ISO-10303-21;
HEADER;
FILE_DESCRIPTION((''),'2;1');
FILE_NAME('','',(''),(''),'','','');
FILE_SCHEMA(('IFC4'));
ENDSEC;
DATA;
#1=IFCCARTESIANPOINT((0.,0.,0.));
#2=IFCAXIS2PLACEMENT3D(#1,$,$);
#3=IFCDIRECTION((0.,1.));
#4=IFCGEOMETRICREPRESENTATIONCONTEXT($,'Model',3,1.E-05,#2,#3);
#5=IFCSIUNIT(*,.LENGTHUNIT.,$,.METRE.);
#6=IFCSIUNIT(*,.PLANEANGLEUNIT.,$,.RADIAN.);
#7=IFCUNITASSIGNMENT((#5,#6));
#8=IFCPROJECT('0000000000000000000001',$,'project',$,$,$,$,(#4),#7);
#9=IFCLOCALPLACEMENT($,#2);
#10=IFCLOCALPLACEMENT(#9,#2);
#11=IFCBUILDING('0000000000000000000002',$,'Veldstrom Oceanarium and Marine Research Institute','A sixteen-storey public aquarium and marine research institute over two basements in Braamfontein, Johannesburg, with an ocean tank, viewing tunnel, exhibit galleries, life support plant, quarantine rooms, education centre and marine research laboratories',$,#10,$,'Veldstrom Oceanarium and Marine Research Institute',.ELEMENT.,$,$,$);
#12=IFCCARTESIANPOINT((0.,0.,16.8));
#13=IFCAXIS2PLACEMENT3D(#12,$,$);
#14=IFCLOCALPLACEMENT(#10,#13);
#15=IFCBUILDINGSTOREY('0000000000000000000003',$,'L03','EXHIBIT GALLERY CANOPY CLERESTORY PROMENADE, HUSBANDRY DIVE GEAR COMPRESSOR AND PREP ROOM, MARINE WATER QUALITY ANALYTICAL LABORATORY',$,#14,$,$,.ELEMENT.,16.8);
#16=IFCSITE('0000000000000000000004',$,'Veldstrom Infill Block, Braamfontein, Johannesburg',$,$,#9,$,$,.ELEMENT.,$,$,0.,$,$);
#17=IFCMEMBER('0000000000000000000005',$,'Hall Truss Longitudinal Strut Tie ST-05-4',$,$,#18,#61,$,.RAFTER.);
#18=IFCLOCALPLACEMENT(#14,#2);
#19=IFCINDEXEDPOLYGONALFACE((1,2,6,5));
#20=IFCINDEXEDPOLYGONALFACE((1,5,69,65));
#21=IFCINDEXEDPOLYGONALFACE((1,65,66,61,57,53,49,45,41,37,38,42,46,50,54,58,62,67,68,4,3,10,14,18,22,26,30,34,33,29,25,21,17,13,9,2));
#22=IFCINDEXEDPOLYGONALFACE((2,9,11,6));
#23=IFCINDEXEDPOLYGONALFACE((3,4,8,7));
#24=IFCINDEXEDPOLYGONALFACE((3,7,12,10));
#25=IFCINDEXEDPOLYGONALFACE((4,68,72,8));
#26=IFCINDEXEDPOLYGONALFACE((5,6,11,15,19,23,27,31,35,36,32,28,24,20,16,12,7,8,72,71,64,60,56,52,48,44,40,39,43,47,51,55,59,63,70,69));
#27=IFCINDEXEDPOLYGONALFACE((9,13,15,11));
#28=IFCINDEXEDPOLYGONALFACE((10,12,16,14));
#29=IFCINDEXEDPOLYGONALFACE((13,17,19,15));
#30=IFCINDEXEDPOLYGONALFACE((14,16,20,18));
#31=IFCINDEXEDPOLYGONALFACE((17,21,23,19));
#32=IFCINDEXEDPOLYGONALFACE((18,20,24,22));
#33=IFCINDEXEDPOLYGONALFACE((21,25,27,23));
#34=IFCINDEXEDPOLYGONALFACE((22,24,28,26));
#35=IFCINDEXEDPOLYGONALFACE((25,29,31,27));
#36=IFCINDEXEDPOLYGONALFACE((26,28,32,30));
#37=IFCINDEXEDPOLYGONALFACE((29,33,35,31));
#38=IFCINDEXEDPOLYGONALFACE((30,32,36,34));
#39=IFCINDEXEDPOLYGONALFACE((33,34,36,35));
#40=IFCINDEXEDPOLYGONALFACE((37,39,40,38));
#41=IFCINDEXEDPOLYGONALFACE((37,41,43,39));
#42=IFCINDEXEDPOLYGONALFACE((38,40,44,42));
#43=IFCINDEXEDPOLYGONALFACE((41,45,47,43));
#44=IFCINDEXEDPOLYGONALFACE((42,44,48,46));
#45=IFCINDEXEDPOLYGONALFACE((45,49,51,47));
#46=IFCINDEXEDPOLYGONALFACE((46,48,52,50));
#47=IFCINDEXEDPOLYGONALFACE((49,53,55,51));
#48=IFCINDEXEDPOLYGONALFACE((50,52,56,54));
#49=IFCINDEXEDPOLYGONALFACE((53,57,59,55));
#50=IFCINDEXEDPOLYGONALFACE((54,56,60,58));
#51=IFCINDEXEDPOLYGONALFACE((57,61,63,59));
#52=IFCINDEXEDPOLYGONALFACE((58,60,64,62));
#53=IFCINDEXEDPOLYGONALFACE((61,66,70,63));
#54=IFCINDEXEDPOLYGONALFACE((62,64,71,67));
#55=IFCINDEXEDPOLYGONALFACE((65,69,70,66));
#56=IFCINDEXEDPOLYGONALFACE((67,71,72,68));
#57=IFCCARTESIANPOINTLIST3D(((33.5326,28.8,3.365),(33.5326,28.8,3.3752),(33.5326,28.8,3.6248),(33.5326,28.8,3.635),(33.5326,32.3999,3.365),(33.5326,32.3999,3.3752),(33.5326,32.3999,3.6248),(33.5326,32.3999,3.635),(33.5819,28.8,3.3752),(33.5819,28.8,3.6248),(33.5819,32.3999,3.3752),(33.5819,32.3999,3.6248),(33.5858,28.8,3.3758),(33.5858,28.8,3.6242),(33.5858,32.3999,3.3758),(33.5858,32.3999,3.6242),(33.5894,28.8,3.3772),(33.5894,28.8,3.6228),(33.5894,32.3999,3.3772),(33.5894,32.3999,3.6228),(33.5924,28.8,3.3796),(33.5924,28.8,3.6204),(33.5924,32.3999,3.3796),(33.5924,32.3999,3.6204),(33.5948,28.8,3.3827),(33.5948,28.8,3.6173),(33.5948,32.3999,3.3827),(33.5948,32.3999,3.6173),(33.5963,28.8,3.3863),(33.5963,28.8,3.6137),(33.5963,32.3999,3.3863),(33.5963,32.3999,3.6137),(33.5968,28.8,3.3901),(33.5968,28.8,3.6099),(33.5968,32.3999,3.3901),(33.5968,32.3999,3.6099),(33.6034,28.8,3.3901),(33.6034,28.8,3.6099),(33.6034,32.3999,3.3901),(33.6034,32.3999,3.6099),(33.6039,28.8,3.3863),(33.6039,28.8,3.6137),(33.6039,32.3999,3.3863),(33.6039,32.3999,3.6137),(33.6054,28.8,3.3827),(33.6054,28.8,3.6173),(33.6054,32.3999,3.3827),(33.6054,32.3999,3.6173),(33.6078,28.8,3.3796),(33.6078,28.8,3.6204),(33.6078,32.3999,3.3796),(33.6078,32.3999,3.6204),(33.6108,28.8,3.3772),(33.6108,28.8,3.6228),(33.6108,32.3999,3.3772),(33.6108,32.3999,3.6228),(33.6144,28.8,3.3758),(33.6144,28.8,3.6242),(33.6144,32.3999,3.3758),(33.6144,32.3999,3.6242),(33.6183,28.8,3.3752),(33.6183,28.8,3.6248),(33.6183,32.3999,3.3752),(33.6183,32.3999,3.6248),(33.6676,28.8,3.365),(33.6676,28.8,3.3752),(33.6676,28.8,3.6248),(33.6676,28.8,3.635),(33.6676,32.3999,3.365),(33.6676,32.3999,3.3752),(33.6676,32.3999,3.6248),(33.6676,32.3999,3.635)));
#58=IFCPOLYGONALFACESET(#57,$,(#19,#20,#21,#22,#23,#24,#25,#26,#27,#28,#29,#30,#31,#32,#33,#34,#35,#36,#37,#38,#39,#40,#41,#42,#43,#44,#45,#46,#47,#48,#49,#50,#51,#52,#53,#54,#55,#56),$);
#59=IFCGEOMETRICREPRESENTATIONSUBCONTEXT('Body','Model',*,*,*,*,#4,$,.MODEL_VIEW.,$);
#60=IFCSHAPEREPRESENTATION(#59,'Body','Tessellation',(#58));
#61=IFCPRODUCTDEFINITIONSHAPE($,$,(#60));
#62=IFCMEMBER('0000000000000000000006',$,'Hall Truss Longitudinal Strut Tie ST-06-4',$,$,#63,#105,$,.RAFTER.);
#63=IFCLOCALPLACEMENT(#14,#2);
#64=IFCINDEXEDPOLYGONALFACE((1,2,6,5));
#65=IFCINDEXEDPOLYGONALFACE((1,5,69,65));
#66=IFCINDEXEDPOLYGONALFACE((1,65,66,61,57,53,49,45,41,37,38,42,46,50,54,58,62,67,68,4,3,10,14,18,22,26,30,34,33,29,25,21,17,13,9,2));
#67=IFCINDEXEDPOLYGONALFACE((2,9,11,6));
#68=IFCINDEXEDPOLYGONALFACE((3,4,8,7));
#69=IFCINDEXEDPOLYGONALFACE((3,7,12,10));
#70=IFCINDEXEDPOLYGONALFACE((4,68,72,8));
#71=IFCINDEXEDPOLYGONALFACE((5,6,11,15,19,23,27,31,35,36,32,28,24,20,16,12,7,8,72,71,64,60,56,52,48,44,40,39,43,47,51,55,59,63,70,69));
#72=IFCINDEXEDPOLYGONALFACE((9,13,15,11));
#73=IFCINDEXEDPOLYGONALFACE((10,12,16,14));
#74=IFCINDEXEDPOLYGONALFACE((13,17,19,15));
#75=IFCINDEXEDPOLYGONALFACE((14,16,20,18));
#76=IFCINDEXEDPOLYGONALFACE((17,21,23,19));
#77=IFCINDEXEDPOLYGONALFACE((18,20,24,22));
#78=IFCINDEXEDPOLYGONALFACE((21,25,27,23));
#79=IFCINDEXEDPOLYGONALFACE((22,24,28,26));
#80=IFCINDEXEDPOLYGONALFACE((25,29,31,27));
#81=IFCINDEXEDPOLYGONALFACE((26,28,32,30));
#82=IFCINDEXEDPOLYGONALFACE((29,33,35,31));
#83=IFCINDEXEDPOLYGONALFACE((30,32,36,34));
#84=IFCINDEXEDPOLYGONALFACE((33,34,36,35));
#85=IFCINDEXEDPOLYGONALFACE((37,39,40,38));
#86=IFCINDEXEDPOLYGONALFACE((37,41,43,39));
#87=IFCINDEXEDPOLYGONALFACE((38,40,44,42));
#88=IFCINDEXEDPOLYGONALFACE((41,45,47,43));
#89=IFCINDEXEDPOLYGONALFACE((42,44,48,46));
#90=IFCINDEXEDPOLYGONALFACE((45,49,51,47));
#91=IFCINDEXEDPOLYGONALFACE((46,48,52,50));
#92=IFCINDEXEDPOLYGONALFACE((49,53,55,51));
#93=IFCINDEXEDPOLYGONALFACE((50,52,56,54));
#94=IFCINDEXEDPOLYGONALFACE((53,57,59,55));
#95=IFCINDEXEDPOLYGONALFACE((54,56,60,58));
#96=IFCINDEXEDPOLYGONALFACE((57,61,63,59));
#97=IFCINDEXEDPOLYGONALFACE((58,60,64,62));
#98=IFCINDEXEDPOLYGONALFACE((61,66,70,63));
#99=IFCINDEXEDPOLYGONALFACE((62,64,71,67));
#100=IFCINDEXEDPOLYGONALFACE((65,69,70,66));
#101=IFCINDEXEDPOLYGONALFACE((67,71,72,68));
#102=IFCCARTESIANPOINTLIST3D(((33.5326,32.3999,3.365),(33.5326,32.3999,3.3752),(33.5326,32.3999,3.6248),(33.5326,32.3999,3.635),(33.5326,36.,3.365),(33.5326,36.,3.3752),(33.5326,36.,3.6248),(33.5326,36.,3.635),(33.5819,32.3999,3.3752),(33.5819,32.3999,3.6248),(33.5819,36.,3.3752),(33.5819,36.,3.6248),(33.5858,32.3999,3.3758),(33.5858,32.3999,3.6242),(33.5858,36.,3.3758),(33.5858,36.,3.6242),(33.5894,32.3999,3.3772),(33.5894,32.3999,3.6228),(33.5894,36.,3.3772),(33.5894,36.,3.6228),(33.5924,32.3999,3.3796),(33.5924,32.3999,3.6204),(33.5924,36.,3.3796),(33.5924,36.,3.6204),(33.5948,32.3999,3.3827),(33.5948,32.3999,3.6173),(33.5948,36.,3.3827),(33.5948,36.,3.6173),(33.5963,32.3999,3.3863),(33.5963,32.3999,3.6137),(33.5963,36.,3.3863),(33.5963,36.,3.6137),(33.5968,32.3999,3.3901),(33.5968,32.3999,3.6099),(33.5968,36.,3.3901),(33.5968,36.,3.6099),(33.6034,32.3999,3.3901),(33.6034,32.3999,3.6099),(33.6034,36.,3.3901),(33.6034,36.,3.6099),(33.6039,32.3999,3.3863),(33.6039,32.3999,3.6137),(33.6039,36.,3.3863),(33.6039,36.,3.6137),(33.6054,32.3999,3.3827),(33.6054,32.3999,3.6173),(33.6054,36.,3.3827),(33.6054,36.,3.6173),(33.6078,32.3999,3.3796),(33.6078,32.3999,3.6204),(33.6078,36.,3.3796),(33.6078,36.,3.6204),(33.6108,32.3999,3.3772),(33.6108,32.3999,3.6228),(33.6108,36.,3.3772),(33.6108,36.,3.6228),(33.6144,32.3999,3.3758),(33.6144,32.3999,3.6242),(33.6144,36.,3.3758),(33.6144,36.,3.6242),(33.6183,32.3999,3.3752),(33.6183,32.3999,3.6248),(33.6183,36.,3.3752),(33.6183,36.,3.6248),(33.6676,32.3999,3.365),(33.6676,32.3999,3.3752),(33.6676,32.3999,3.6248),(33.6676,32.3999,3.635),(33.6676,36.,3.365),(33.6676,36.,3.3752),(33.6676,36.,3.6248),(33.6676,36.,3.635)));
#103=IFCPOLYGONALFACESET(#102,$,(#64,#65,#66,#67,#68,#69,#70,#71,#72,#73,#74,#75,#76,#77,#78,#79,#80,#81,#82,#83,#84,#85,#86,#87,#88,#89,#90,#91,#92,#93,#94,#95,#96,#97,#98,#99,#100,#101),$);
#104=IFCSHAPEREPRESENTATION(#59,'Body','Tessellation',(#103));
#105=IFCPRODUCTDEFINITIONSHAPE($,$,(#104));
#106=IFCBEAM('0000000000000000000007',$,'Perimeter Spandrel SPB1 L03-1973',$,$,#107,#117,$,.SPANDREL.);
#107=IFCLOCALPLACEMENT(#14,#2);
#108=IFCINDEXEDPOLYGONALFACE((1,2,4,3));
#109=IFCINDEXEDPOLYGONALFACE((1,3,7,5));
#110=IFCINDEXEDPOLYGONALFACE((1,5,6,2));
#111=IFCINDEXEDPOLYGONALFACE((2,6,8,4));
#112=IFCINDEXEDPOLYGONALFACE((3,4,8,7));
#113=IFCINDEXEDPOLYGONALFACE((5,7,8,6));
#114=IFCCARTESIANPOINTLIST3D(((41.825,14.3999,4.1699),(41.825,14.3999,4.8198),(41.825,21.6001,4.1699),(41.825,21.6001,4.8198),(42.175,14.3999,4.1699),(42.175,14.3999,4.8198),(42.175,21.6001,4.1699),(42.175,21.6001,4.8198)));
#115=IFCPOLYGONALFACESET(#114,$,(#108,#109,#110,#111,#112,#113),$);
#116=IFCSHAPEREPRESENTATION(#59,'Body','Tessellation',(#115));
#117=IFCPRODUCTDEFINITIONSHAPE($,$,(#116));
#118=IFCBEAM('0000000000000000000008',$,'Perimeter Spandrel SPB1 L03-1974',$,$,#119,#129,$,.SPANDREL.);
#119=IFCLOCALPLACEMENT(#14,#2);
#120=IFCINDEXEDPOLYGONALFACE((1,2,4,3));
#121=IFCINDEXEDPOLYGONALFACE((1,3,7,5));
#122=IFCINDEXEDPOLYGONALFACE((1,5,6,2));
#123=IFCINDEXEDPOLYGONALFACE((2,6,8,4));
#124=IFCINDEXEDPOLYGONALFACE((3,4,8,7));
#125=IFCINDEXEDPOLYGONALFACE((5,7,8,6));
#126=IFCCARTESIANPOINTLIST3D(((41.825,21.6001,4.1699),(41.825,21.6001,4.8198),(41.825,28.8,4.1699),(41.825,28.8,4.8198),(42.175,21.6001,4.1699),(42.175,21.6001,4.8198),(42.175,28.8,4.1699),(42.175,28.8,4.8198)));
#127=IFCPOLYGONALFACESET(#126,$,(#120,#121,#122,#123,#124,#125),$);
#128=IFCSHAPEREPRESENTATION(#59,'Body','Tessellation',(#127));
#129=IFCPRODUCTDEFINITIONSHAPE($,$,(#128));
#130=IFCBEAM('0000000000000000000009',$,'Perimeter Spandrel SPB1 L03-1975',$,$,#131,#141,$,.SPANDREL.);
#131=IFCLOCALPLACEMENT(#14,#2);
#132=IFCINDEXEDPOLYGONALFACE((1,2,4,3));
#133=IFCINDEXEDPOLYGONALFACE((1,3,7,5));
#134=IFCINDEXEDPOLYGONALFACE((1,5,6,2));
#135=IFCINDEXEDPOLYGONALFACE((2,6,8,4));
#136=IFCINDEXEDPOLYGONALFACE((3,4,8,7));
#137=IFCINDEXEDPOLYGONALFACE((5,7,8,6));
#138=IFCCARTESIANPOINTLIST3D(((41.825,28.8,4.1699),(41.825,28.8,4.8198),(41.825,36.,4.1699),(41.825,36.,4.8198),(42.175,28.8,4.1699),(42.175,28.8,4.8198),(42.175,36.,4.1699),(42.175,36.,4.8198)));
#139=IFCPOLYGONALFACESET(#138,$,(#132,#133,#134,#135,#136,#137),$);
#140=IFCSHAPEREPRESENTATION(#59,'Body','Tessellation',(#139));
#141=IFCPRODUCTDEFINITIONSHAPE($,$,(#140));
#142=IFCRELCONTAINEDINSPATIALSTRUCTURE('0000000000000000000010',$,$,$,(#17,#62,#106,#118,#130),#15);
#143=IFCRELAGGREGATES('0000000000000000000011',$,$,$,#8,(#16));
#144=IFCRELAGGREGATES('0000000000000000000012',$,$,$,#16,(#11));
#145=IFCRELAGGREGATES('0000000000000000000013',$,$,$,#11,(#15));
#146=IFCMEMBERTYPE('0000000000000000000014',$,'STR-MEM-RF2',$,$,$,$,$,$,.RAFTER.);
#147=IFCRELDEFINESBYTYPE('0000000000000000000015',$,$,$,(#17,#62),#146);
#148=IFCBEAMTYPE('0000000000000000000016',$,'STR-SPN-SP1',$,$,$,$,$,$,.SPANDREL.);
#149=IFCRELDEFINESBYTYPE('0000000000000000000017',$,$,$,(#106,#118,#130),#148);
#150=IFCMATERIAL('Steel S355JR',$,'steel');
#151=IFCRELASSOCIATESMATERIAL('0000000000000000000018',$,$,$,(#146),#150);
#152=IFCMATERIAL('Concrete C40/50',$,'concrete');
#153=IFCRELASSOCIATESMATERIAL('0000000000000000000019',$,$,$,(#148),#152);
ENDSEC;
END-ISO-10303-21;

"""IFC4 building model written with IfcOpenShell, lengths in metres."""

from ifc_helpers import new_model, si_unit, direction, frame, origin, origin_2d, place, context, subcontext, project, spatial, rectangle, i_section, extrude, material, material_profile, profile_set, type_object, element, save


model = new_model("IFC4")

# Units and contexts
model_context = context("Model", 3, precision=1e-05, world=origin(), true_north=direction((0.0, 1.0)))
body_context = subcontext(model_context, "Body", "Model", "MODEL_VIEW")
ifc_project = project(units=[si_unit("LENGTHUNIT", "METRE"), si_unit("PLANEANGLEUNIT", "RADIAN")], contexts=[model_context])

# Site, building, storey
site_placement = place(None, origin())
site = spatial("IfcSite", under=ifc_project, at=site_placement, Name="Veldstrom Infill Block, Braamfontein, Johannesburg", CompositionType="ELEMENT", RefElevation=0.0)
building_placement = place(site_placement, origin())
building = spatial("IfcBuilding", under=site, at=building_placement, Name="Veldstrom Oceanarium and Marine Research Institute", Description="A sixteen-storey public aquarium and marine research institute over two basements in Braamfontein, Johannesburg, with an ocean tank, viewing tunnel, exhibit galleries, life support plant, quarantine rooms, education centre and marine research laboratories", LongName="Veldstrom Oceanarium and Marine Research Institute", CompositionType="ELEMENT")
storey_placement = place(building_placement, frame((0.0, 0.0, 16.8)))
storey = spatial("IfcBuildingStorey", under=building, at=storey_placement, Name="L03", Description="EXHIBIT GALLERY CANOPY CLERESTORY PROMENADE, HUSBANDRY DIVE GEAR COMPRESSOR AND PREP ROOM, MARINE WATER QUALITY ANALYTICAL LABORATORY", CompositionType="ELEMENT", Elevation=16.8)

# Members
ifc_material_1 = material(Name="Steel S355JR", Category="steel")
ifc_material_profile_1 = material_profile(ifc_material_1, i_section(OverallWidth=0.135, OverallDepth=0.27, WebThickness=0.0066, FlangeThickness=0.0103, FilletRadius=0.0149, at=origin_2d()), Name="IPE 270")
ifc_profile_set_1 = profile_set([ifc_material_profile_1], Name="Steel S355JR")
member_type_1 = type_object("IfcMemberType", Name="STR-MEM-RF2", PredefinedType="RAFTER", material=ifc_profile_set_1)
member_1_placement = place(storey_placement, frame((33.6001, 28.8, 3.5), z_axis=(0.0, 1.0, 0.0), x_axis=(-1.0, 0.0, 0.0)))
element("IfcMember", 1, at=member_1_placement, inside=storey, type_object=member_type_1, Name="Hall Truss Longitudinal Strut Tie ST-05-4", PredefinedType="RAFTER", context=body_context, shape_type="SweptSolid", body=[
    extrude(i_section(OverallWidth=0.135, OverallDepth=0.27, WebThickness=0.0066, FlangeThickness=0.0103, FilletRadius=0.0149, at=origin_2d()), origin(), (0.0, 0.0, 1.0), 3.5999),
])
member_2_placement = place(storey_placement, frame((33.6001, 32.3999, 3.5), z_axis=(0.0, 1.0, 0.0), x_axis=(-1.0, 0.0, 0.0)))
element("IfcMember", 2, at=member_2_placement, inside=storey, type_object=member_type_1, Name="Hall Truss Longitudinal Strut Tie ST-06-4", PredefinedType="RAFTER", context=body_context, shape_type="SweptSolid", body=[
    extrude(i_section(OverallWidth=0.135, OverallDepth=0.27, WebThickness=0.0066, FlangeThickness=0.0103, FilletRadius=0.0149, at=origin_2d()), origin(), (0.0, 0.0, 1.0), 3.6001),
])

# Beams
ifc_material_2 = material(Name="Concrete C40/50", Category="concrete")
ifc_material_profile_2 = material_profile(ifc_material_2, rectangle(XDim=0.3501, YDim=0.6499, at=origin_2d()), Name="RC-SPN-350x650")
ifc_profile_set_2 = profile_set([ifc_material_profile_2], Name="Concrete C40/50")
beam_type_1 = type_object("IfcBeamType", Name="STR-SPN-SP1", PredefinedType="SPANDREL", material=ifc_profile_set_2)
beam_placement = place(storey_placement, frame((42.0, 14.3999, 4.4949), z_axis=(0.0, 1.0, 0.0), x_axis=(-1.0, 0.0, 0.0)))
element("IfcBeam", 3, at=beam_placement, inside=storey, type_object=beam_type_1, Name="Perimeter Spandrel SPB1 L03-1973", PredefinedType="SPANDREL", context=body_context, shape_type="SweptSolid", body=[
    extrude(rectangle(XDim=0.3501, YDim=0.6499, at=origin_2d()), origin(), (0.0, 0.0, 1.0), 7.2002),
])
for number, where, z_axis, x_axis, name in (
    (4, (42.0, 21.6001, 4.4949), (0.0, 1.0, 0.0), (-1.0, 0.0, 0.0), "Perimeter Spandrel SPB1 L03-1974"),
    (5, (42.0, 28.8, 4.4949), (0.0, 1.0, 0.0), (-1.0, 0.0, 0.0), "Perimeter Spandrel SPB1 L03-1975"),
):
    element("IfcBeam", number, at=place(storey_placement, frame(where, z_axis=z_axis, x_axis=x_axis)), inside=storey, type_object=beam_type_1, Name=name, PredefinedType="SPANDREL", context=body_context, shape_type="SweptSolid", body=[
        extrude(rectangle(XDim=0.3501, YDim=0.6499, at=origin_2d()), origin(), (0.0, 0.0, 1.0), 7.2),
    ])

save(model, "model.ifc")
